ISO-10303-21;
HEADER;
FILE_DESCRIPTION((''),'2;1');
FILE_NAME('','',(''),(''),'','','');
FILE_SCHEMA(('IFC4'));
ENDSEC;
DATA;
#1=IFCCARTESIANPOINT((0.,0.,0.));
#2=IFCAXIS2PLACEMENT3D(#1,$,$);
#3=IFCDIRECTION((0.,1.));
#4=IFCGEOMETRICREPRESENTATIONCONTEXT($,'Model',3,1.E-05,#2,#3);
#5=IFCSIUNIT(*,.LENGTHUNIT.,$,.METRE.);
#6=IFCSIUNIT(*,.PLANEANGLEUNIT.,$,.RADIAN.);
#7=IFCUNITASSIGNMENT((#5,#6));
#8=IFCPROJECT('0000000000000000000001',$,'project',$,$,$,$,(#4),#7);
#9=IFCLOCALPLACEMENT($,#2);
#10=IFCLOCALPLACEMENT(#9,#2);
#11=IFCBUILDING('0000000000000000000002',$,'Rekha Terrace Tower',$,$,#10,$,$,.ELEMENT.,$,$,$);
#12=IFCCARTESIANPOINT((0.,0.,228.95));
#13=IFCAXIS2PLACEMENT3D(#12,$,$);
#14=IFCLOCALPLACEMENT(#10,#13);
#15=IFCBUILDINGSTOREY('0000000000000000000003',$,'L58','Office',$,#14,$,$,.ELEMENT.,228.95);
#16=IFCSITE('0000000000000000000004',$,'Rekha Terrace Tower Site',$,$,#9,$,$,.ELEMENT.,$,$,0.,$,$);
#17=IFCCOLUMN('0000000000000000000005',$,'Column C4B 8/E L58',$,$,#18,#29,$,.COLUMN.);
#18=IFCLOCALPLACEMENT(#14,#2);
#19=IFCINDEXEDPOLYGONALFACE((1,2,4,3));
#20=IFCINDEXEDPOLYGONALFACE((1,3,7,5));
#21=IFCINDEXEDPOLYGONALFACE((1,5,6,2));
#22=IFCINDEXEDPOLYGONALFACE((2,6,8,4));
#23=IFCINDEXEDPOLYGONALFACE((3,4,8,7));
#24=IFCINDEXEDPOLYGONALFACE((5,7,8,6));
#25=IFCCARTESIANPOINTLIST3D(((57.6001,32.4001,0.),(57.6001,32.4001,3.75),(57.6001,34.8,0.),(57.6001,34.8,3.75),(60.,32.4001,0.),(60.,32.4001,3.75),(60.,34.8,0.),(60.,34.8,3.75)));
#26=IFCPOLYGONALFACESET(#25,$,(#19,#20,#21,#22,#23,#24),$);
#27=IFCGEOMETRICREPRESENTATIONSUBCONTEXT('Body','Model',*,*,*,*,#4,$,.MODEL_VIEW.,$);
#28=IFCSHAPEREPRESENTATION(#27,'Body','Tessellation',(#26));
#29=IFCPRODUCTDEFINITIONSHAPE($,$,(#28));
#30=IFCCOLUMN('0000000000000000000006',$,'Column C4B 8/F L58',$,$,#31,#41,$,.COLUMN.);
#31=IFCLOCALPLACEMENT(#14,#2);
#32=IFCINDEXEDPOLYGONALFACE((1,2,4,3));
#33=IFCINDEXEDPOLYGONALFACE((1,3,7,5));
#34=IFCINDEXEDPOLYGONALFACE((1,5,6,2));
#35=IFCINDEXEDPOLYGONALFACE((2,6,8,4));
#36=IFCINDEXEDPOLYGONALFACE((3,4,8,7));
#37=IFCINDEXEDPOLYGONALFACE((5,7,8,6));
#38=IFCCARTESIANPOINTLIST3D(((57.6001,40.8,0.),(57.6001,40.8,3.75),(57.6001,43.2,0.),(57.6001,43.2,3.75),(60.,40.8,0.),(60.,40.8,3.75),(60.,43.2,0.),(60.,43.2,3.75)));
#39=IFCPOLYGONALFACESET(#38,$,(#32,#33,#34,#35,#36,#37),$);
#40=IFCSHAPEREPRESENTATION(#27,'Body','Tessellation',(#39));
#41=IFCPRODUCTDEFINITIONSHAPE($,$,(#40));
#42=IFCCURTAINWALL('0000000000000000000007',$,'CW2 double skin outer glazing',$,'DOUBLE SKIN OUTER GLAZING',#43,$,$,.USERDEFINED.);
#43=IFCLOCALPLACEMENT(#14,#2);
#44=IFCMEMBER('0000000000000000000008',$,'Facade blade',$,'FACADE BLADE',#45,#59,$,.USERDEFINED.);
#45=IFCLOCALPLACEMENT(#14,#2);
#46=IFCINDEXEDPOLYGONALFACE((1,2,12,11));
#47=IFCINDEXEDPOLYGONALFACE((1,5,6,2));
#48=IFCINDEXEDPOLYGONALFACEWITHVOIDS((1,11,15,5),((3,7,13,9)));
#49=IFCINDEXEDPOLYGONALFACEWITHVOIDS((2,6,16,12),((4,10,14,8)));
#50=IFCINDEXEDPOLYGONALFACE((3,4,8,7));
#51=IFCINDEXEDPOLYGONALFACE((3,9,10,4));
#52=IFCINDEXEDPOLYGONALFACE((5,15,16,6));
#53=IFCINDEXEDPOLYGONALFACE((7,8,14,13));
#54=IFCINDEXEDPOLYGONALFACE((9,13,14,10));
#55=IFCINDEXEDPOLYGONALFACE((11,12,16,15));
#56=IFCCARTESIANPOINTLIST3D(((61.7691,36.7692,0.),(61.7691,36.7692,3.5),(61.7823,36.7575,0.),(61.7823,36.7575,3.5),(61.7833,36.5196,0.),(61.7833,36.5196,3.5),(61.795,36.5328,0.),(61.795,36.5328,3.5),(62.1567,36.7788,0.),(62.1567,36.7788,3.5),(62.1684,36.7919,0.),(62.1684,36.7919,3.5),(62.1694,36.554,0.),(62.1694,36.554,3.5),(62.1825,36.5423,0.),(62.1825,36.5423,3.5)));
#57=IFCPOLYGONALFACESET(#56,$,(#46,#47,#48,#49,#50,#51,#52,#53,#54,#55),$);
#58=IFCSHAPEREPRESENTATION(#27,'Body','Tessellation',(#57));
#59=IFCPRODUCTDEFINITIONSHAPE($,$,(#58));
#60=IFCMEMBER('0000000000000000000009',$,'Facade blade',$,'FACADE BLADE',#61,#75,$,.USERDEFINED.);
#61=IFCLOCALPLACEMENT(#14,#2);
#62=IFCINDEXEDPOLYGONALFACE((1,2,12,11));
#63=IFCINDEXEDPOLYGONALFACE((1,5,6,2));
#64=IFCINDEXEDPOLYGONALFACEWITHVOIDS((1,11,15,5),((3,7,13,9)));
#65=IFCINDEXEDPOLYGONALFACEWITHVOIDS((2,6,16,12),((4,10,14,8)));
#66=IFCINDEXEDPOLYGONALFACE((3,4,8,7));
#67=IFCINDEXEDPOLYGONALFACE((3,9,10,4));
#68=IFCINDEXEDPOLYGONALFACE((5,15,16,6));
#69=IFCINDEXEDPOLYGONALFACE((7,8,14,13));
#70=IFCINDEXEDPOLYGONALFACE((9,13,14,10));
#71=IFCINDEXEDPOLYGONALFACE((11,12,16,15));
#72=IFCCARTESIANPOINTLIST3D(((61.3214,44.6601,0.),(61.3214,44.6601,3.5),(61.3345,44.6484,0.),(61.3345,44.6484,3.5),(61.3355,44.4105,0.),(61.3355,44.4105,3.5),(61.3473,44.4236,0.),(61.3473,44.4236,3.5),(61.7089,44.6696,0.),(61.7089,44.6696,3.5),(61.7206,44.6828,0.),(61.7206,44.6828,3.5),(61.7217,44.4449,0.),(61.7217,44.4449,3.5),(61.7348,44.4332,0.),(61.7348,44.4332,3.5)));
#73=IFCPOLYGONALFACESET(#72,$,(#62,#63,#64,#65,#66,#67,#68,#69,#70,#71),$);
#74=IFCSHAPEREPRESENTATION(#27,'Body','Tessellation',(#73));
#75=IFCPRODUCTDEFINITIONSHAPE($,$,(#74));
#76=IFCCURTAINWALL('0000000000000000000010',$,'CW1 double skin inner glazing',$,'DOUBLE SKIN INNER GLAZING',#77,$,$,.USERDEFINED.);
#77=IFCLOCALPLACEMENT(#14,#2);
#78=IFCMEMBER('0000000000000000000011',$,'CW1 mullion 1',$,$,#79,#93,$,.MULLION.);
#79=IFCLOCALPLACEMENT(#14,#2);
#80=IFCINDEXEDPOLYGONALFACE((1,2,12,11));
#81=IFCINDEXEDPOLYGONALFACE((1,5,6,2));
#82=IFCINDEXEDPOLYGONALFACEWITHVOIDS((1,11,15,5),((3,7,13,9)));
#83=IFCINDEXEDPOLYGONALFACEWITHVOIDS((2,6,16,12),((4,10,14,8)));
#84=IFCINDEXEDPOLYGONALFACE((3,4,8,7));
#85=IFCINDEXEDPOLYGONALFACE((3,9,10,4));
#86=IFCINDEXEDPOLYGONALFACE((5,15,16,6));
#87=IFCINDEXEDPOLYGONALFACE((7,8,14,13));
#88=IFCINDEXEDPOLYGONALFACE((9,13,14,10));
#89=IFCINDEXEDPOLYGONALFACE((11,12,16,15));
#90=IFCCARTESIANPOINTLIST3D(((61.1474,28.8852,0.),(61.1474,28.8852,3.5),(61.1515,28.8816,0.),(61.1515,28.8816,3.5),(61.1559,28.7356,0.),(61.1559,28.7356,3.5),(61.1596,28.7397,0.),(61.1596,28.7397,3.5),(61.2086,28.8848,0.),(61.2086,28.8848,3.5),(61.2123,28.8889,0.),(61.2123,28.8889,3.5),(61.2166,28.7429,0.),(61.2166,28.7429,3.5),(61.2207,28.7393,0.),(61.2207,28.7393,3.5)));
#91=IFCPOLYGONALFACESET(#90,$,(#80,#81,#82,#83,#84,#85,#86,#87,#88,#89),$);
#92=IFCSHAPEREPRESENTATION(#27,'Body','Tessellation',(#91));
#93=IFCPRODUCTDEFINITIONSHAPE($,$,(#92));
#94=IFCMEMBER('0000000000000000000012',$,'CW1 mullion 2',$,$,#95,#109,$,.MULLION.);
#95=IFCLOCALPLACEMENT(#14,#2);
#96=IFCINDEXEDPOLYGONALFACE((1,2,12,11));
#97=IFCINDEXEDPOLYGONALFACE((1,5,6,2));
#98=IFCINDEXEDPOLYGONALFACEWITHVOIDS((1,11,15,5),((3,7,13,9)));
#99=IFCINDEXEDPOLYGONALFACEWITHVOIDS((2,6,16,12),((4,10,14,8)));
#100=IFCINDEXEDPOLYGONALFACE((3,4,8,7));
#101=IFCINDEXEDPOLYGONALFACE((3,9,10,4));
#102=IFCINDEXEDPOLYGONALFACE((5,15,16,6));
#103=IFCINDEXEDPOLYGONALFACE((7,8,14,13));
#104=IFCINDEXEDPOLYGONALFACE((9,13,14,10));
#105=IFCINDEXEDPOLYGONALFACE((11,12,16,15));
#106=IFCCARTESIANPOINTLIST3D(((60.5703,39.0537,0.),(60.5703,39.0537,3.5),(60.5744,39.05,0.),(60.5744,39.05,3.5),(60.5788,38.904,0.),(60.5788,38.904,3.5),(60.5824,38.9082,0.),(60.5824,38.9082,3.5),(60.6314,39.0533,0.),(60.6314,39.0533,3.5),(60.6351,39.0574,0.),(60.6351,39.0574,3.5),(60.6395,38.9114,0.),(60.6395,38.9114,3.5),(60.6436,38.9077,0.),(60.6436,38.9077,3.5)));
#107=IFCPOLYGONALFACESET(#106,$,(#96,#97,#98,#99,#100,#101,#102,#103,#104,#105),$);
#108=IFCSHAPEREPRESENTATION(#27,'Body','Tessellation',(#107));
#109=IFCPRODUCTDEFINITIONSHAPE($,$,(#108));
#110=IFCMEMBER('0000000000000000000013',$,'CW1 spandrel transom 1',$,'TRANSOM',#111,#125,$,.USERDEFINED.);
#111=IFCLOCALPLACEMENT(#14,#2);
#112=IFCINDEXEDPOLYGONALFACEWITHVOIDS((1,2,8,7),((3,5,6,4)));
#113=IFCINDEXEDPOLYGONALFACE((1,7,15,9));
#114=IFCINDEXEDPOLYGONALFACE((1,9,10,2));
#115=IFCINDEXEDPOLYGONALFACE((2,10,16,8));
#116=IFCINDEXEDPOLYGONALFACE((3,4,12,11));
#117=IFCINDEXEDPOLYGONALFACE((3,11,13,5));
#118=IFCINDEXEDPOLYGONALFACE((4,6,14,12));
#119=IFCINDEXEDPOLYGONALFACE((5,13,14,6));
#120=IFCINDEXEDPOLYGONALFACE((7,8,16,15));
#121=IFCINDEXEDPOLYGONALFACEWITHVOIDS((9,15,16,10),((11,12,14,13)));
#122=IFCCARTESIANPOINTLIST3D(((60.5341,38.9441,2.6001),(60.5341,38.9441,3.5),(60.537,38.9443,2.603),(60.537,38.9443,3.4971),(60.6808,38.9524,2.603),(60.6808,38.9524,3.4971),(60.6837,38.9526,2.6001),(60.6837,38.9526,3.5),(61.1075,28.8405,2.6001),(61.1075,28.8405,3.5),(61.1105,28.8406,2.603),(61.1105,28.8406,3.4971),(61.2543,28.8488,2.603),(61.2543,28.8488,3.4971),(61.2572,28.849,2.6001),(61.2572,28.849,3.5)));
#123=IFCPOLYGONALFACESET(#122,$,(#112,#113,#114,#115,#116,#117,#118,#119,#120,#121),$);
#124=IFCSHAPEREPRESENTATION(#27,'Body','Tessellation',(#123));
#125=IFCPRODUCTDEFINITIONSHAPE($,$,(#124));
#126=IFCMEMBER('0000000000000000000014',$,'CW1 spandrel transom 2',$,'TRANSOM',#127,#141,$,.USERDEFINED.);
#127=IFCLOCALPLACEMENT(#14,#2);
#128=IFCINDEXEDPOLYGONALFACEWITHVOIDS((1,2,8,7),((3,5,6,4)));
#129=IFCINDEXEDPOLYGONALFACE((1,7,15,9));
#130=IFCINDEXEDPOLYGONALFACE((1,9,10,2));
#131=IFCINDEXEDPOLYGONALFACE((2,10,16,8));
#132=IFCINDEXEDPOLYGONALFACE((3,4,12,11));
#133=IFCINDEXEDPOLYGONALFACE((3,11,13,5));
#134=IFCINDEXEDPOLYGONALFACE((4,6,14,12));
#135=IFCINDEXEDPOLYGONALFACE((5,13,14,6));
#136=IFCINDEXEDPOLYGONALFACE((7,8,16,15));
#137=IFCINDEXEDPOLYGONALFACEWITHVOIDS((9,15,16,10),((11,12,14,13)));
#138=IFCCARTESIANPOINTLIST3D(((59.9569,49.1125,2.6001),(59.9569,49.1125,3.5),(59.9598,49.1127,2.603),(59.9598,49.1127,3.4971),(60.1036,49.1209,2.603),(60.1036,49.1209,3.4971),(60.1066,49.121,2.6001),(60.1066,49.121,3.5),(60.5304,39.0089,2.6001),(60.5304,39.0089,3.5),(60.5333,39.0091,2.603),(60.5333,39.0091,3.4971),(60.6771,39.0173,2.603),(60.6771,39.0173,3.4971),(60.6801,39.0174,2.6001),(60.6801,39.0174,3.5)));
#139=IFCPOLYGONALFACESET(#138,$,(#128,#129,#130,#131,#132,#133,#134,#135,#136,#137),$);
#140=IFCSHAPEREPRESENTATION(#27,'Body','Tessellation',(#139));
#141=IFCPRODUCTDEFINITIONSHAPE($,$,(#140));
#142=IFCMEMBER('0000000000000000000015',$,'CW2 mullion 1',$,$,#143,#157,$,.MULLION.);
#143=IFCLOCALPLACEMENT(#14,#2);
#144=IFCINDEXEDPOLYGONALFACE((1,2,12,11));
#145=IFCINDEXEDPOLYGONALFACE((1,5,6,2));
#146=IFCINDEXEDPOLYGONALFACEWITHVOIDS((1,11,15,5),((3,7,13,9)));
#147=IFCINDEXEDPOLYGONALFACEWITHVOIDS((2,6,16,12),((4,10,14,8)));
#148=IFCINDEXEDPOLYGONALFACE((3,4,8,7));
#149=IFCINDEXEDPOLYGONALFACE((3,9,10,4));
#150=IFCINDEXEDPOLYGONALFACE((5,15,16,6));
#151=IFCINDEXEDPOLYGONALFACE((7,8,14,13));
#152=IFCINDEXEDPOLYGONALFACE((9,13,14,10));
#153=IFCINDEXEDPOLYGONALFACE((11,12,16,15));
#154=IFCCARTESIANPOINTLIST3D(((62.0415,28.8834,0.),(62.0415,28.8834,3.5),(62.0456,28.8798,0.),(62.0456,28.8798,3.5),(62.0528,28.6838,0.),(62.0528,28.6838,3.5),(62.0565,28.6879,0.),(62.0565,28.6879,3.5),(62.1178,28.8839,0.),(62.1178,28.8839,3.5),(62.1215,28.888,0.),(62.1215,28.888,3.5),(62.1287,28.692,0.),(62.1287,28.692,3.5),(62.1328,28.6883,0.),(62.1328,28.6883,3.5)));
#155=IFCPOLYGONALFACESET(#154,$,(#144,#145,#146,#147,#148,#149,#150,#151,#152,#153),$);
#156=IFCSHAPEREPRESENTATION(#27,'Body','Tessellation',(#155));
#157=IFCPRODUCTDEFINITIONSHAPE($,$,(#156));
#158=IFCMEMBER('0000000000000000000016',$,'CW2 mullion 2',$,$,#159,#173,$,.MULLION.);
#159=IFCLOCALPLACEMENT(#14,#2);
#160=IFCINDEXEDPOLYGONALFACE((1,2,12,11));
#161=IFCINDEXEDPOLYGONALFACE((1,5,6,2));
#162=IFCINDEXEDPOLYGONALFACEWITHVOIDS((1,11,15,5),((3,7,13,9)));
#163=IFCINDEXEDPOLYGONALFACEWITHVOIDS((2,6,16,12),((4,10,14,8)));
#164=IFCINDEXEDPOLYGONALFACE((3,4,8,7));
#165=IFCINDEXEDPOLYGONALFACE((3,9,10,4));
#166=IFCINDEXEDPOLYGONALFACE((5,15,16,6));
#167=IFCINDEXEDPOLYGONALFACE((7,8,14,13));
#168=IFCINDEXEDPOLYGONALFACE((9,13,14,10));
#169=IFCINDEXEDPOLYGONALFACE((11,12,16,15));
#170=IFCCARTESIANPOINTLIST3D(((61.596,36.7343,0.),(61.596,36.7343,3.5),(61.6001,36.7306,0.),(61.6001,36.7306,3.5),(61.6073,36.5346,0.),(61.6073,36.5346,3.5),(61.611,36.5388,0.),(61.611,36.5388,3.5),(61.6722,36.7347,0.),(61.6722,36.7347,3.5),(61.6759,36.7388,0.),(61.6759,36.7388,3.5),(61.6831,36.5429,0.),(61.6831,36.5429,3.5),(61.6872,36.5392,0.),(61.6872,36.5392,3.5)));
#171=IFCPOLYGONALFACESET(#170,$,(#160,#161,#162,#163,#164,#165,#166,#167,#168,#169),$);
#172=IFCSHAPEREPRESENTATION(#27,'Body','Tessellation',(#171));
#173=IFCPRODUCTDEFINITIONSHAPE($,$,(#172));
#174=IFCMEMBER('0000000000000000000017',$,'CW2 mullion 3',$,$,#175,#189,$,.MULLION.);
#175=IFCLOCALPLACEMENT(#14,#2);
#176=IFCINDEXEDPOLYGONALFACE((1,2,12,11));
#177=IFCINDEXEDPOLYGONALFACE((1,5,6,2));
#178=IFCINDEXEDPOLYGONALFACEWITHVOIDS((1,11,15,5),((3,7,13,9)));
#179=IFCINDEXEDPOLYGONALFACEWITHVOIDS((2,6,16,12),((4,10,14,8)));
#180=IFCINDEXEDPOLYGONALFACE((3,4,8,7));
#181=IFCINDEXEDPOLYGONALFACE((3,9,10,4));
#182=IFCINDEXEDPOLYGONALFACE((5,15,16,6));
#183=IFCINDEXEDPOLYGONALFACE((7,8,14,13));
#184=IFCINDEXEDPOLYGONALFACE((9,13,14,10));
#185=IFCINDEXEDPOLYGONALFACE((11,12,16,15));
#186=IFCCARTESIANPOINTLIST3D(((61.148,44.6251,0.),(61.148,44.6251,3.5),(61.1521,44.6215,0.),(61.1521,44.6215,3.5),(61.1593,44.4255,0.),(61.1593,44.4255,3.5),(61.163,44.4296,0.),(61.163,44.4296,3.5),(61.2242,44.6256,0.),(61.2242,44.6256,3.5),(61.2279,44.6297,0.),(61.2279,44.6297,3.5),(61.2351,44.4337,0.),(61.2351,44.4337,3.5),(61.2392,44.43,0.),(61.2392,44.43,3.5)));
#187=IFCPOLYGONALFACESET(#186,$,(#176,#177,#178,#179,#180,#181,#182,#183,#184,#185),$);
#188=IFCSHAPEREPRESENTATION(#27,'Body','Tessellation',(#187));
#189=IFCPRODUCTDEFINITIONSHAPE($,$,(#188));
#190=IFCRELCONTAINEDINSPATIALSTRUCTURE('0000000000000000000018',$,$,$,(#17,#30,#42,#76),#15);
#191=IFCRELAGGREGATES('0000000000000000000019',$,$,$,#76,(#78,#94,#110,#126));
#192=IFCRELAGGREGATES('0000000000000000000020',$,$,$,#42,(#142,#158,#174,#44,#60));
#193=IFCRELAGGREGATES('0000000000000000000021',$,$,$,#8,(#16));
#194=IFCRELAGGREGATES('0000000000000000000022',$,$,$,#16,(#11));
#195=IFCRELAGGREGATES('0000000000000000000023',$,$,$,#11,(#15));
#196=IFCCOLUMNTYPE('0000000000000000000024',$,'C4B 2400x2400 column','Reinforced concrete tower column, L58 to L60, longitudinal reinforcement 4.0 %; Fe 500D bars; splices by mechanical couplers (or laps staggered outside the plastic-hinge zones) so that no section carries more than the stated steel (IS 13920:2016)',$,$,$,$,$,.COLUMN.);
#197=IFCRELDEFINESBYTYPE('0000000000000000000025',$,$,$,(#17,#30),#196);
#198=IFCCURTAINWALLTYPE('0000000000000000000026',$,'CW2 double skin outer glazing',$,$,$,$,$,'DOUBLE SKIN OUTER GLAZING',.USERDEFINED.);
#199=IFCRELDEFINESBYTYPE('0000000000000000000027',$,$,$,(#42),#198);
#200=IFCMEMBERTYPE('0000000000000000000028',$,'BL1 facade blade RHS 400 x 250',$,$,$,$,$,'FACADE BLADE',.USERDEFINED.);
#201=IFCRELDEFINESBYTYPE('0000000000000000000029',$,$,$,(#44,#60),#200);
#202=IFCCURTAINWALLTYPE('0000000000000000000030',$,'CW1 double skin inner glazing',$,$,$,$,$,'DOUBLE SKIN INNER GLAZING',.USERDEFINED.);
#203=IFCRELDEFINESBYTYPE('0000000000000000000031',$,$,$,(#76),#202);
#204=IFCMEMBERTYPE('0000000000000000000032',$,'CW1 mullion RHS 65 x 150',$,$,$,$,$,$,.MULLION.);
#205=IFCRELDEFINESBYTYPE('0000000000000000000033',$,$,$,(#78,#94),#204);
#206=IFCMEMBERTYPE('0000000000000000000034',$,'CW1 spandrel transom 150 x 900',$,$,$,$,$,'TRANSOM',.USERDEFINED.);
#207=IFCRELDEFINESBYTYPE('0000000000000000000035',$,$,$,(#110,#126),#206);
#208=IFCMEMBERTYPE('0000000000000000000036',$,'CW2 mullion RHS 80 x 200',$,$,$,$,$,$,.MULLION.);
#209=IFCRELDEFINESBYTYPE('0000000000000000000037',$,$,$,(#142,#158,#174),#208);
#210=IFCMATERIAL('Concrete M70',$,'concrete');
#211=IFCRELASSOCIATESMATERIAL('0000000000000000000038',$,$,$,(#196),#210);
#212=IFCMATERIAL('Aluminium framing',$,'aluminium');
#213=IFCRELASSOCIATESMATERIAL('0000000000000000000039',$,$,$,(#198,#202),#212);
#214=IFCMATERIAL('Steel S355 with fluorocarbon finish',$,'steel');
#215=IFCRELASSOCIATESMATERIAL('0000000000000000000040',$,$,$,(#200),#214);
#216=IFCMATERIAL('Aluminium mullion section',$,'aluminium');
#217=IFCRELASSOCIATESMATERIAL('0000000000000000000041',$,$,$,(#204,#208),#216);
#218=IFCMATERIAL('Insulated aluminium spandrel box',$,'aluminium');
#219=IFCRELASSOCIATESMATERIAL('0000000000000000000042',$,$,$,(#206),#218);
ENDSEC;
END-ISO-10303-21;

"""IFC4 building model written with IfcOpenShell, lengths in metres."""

from ifc_helpers import new_model, si_unit, direction, frame, origin, origin_2d, place, context, subcontext, project, spatial, rectangle, hollow_rectangle, extrude, material, material_profile, profile_set, type_object, element, aggregate, save


model = new_model("IFC4")

# Units and contexts
model_context = context("Model", 3, precision=1e-05, world=origin(), true_north=direction((0.0, 1.0)))
body_context = subcontext(model_context, "Body", "Model", "MODEL_VIEW")
ifc_project = project(units=[si_unit("LENGTHUNIT", "METRE"), si_unit("PLANEANGLEUNIT", "RADIAN")], contexts=[model_context])

# Site, building, storey
site_placement = place(None, origin())
site = spatial("IfcSite", under=ifc_project, at=site_placement, Name="Rekha Terrace Tower Site", CompositionType="ELEMENT", RefElevation=0.0)
building_placement = place(site_placement, origin())
building = spatial("IfcBuilding", under=site, at=building_placement, Name="Rekha Terrace Tower", CompositionType="ELEMENT")
storey_placement = place(building_placement, frame((0.0, 0.0, 228.95)))
storey = spatial("IfcBuildingStorey", under=building, at=storey_placement, Name="L58", Description="Office", CompositionType="ELEMENT", Elevation=228.95)

# Columns
ifc_material_1 = material(Name="Concrete M70", Category="concrete")
ifc_material_profile_1 = material_profile(ifc_material_1, rectangle(XDim=2.3999, YDim=2.3999, at=origin_2d()), Name="RC 2400x2400")
ifc_profile_set_1 = profile_set([ifc_material_profile_1], Name="Concrete M70")
column_type = type_object("IfcColumnType", Name="C4B 2400x2400 column", Description="Reinforced concrete tower column, L58 to L60, longitudinal reinforcement 4.0 %; Fe 500D bars; splices by mechanical couplers (or laps staggered outside the plastic-hinge zones) so that no section carries more than the stated steel (IS 13920:2016)", PredefinedType="COLUMN", material=ifc_profile_set_1)
for number, where, z_axis, x_axis, name in (
    (1, (58.8, 33.6001, 0.0), (0.0, 0.0, 1.0), (1.0, 0.0, 0.0), "Column C4B 8/E L58"),
    (2, (58.8, 42.0, 0.0), (0.0, 0.0, 1.0), (1.0, 0.0, 0.0), "Column C4B 8/F L58"),
):
    element("IfcColumn", number, at=place(storey_placement, frame(where, z_axis=z_axis, x_axis=x_axis)), inside=storey, type_object=column_type, Name=name, PredefinedType="COLUMN", context=body_context, shape_type="SweptSolid", body=[
        extrude(rectangle(XDim=2.3999, YDim=2.3999, at=origin_2d()), origin(), (0.0, 0.0, 1.0), 3.75),
    ])

# Curtain walls, members
ifc_material_2 = material(Name="Aluminium framing", Category="aluminium")
curtain_wall_type_1 = type_object("IfcCurtainWallType", Name="CW2 double skin outer glazing", ElementType="DOUBLE SKIN OUTER GLAZING", PredefinedType="USERDEFINED", material=ifc_material_2)
curtain_wall_1_placement = place(storey_placement, origin())
curtain_wall_1 = element("IfcCurtainWall", 3, at=curtain_wall_1_placement, inside=storey, type_object=curtain_wall_type_1, Name="CW2 double skin outer glazing", ObjectType="DOUBLE SKIN OUTER GLAZING", PredefinedType="USERDEFINED")
ifc_material_3 = material(Name="Steel S355 with fluorocarbon finish", Category="steel")
ifc_material_profile_2 = material_profile(ifc_material_3, hollow_rectangle(XDim=0.25, YDim=0.3999, WallThickness=0.0125, at=origin_2d()), Name="RHS400x250x12.5")
ifc_profile_set_2 = profile_set([ifc_material_profile_2], Name="Steel S355 with fluorocarbon finish")
member_type_1 = type_object("IfcMemberType", Name="BL1 facade blade RHS 400 x 250", ElementType="FACADE BLADE", PredefinedType="USERDEFINED", material=ifc_profile_set_2)
member_1_placement = place(storey_placement, frame((61.9758, 36.6558, 0.0), z_axis=(0.0, 0.0, 1.0), x_axis=(-0.056674, 0.998393, 0.0)))
member_1 = element("IfcMember", 4, at=member_1_placement, type_object=member_type_1, Name="Facade blade", ObjectType="FACADE BLADE", PredefinedType="USERDEFINED", context=body_context, shape_type="SweptSolid", body=[
    extrude(hollow_rectangle(XDim=0.25, YDim=0.3999, WallThickness=0.0125, at=origin_2d()), origin(), (0.0, 0.0, 1.0), 3.5),
])
member_2_placement = place(storey_placement, frame((61.5281, 44.5466, 0.0), z_axis=(0.0, 0.0, 1.0), x_axis=(-0.056674, 0.998393, 0.0)))
member_2 = element("IfcMember", 5, at=member_2_placement, type_object=member_type_1, Name="Facade blade", ObjectType="FACADE BLADE", PredefinedType="USERDEFINED", context=body_context, shape_type="SweptSolid", body=[
    extrude(hollow_rectangle(XDim=0.25, YDim=0.3999, WallThickness=0.0125, at=origin_2d()), origin(), (0.0, 0.0, 1.0), 3.5),
])
curtain_wall_type_2 = type_object("IfcCurtainWallType", Name="CW1 double skin inner glazing", ElementType="DOUBLE SKIN INNER GLAZING", PredefinedType="USERDEFINED", material=ifc_material_2)
curtain_wall_2_placement = place(storey_placement, origin())
curtain_wall_2 = element("IfcCurtainWall", 6, at=curtain_wall_2_placement, inside=storey, type_object=curtain_wall_type_2, Name="CW1 double skin inner glazing", ObjectType="DOUBLE SKIN INNER GLAZING", PredefinedType="USERDEFINED")
ifc_material_4 = material(Name="Aluminium mullion section", Category="aluminium")
ifc_material_profile_3 = material_profile(ifc_material_4, hollow_rectangle(XDim=0.0649, YDim=0.1499, WallThickness=0.0039, at=origin_2d()), Name="AL RHS 65x150")
ifc_profile_set_3 = profile_set([ifc_material_profile_3], Name="Aluminium mullion section")
member_type_2 = type_object("IfcMemberType", Name="CW1 mullion RHS 65 x 150", PredefinedType="MULLION", material=ifc_profile_set_3)
member_3_placement = place(storey_placement, frame((61.1841, 28.8123, 0.0), z_axis=(0.0, 0.0, 1.0), x_axis=(-0.998393, -0.056673, 0.0)))
member_3 = element("IfcMember", 7, at=member_3_placement, type_object=member_type_2, Name="CW1 mullion 1", PredefinedType="MULLION", context=body_context, shape_type="SweptSolid", body=[
    extrude(hollow_rectangle(XDim=0.0649, YDim=0.1499, WallThickness=0.0039, at=origin_2d()), origin(), (0.0, 0.0, 1.0), 3.5),
])
member_4_placement = place(storey_placement, frame((60.6069, 38.9807, 0.0), z_axis=(0.0, 0.0, 1.0), x_axis=(-0.998393, -0.056673, 0.0)))
member_4 = element("IfcMember", 8, at=member_4_placement, type_object=member_type_2, Name="CW1 mullion 2", PredefinedType="MULLION", context=body_context, shape_type="SweptSolid", body=[
    extrude(hollow_rectangle(XDim=0.0649, YDim=0.1499, WallThickness=0.0039, at=origin_2d()), origin(), (0.0, 0.0, 1.0), 3.5),
])
ifc_material_5 = material(Name="Insulated aluminium spandrel box", Category="aluminium")
ifc_material_profile_4 = material_profile(ifc_material_5, hollow_rectangle(XDim=0.1499, YDim=0.8999, WallThickness=0.0029, at=origin_2d()), Name="AL SPANDREL BOX 150x900")
ifc_profile_set_4 = profile_set([ifc_material_profile_4], Name="Insulated aluminium spandrel box")
member_type_3 = type_object("IfcMemberType", Name="CW1 spandrel transom 150 x 900", ElementType="TRANSOM", PredefinedType="USERDEFINED", material=ifc_profile_set_4)
member_5_placement = place(storey_placement, frame((61.1824, 28.8447, 3.05), z_axis=(-0.05667, 0.998393, 0.0), x_axis=(-0.998393, -0.05667, 0.0)))
member_5 = element("IfcMember", 9, at=member_5_placement, type_object=member_type_3, Name="CW1 spandrel transom 1", ObjectType="TRANSOM", PredefinedType="USERDEFINED", context=body_context, shape_type="SweptSolid", body=[
    extrude(hollow_rectangle(XDim=0.1499, YDim=0.8999, WallThickness=0.0029, at=origin_2d()), origin(), (0.0, 0.0, 1.0), 10.1199),
])
member_6_placement = place(storey_placement, frame((60.6052, 39.0132, 3.05), z_axis=(-0.05667, 0.998393, 0.0), x_axis=(-0.998393, -0.05667, 0.0)))
member_6 = element("IfcMember", 10, at=member_6_placement, type_object=member_type_3, Name="CW1 spandrel transom 2", ObjectType="TRANSOM", PredefinedType="USERDEFINED", context=body_context, shape_type="SweptSolid", body=[
    extrude(hollow_rectangle(XDim=0.1499, YDim=0.8999, WallThickness=0.0029, at=origin_2d()), origin(), (0.0, 0.0, 1.0), 10.1199),
])

# Members
ifc_material_profile_5 = material_profile(ifc_material_4, hollow_rectangle(XDim=0.0801, YDim=0.2, WallThickness=0.0039, at=origin_2d()), Name="AL RHS 80x200")
ifc_profile_set_5 = profile_set([ifc_material_profile_5], Name="Aluminium mullion section")
member_type_4 = type_object("IfcMemberType", Name="CW2 mullion RHS 80 x 200", PredefinedType="MULLION", material=ifc_profile_set_5)
member_7_placement = place(storey_placement, frame((62.0872, 28.7859, 0.0), z_axis=(0.0, 0.0, 1.0), x_axis=(-0.998393, -0.056673, 0.0)))
member_7 = element("IfcMember", 11, at=member_7_placement, type_object=member_type_4, Name="CW2 mullion 1", PredefinedType="MULLION", context=body_context, shape_type="SweptSolid", body=[
    extrude(hollow_rectangle(XDim=0.0801, YDim=0.2, WallThickness=0.0039, at=origin_2d()), origin(), (0.0, 0.0, 1.0), 3.5),
])
member_8_placement = place(storey_placement, frame((61.6416, 36.6367, 0.0), z_axis=(0.0, 0.0, 1.0), x_axis=(-0.998393, -0.056673, 0.0)))
member_8 = element("IfcMember", 12, at=member_8_placement, type_object=member_type_4, Name="CW2 mullion 2", PredefinedType="MULLION", context=body_context, shape_type="SweptSolid", body=[
    extrude(hollow_rectangle(XDim=0.0801, YDim=0.2, WallThickness=0.0039, at=origin_2d()), origin(), (0.0, 0.0, 1.0), 3.5),
])
member_9_placement = place(storey_placement, frame((61.1936, 44.5276, 0.0), z_axis=(0.0, 0.0, 1.0), x_axis=(-0.998393, -0.056673, 0.0)))
member_9 = element("IfcMember", 13, at=member_9_placement, type_object=member_type_4, Name="CW2 mullion 3", PredefinedType="MULLION", context=body_context, shape_type="SweptSolid", body=[
    extrude(hollow_rectangle(XDim=0.0801, YDim=0.2, WallThickness=0.0039, at=origin_2d()), origin(), (0.0, 0.0, 1.0), 3.5),
])

aggregate(curtain_wall_2, [member_3, member_4, member_5, member_6])
aggregate(curtain_wall_1, [member_7, member_8, member_9, member_1, member_2])

save(model, "model.ifc")
